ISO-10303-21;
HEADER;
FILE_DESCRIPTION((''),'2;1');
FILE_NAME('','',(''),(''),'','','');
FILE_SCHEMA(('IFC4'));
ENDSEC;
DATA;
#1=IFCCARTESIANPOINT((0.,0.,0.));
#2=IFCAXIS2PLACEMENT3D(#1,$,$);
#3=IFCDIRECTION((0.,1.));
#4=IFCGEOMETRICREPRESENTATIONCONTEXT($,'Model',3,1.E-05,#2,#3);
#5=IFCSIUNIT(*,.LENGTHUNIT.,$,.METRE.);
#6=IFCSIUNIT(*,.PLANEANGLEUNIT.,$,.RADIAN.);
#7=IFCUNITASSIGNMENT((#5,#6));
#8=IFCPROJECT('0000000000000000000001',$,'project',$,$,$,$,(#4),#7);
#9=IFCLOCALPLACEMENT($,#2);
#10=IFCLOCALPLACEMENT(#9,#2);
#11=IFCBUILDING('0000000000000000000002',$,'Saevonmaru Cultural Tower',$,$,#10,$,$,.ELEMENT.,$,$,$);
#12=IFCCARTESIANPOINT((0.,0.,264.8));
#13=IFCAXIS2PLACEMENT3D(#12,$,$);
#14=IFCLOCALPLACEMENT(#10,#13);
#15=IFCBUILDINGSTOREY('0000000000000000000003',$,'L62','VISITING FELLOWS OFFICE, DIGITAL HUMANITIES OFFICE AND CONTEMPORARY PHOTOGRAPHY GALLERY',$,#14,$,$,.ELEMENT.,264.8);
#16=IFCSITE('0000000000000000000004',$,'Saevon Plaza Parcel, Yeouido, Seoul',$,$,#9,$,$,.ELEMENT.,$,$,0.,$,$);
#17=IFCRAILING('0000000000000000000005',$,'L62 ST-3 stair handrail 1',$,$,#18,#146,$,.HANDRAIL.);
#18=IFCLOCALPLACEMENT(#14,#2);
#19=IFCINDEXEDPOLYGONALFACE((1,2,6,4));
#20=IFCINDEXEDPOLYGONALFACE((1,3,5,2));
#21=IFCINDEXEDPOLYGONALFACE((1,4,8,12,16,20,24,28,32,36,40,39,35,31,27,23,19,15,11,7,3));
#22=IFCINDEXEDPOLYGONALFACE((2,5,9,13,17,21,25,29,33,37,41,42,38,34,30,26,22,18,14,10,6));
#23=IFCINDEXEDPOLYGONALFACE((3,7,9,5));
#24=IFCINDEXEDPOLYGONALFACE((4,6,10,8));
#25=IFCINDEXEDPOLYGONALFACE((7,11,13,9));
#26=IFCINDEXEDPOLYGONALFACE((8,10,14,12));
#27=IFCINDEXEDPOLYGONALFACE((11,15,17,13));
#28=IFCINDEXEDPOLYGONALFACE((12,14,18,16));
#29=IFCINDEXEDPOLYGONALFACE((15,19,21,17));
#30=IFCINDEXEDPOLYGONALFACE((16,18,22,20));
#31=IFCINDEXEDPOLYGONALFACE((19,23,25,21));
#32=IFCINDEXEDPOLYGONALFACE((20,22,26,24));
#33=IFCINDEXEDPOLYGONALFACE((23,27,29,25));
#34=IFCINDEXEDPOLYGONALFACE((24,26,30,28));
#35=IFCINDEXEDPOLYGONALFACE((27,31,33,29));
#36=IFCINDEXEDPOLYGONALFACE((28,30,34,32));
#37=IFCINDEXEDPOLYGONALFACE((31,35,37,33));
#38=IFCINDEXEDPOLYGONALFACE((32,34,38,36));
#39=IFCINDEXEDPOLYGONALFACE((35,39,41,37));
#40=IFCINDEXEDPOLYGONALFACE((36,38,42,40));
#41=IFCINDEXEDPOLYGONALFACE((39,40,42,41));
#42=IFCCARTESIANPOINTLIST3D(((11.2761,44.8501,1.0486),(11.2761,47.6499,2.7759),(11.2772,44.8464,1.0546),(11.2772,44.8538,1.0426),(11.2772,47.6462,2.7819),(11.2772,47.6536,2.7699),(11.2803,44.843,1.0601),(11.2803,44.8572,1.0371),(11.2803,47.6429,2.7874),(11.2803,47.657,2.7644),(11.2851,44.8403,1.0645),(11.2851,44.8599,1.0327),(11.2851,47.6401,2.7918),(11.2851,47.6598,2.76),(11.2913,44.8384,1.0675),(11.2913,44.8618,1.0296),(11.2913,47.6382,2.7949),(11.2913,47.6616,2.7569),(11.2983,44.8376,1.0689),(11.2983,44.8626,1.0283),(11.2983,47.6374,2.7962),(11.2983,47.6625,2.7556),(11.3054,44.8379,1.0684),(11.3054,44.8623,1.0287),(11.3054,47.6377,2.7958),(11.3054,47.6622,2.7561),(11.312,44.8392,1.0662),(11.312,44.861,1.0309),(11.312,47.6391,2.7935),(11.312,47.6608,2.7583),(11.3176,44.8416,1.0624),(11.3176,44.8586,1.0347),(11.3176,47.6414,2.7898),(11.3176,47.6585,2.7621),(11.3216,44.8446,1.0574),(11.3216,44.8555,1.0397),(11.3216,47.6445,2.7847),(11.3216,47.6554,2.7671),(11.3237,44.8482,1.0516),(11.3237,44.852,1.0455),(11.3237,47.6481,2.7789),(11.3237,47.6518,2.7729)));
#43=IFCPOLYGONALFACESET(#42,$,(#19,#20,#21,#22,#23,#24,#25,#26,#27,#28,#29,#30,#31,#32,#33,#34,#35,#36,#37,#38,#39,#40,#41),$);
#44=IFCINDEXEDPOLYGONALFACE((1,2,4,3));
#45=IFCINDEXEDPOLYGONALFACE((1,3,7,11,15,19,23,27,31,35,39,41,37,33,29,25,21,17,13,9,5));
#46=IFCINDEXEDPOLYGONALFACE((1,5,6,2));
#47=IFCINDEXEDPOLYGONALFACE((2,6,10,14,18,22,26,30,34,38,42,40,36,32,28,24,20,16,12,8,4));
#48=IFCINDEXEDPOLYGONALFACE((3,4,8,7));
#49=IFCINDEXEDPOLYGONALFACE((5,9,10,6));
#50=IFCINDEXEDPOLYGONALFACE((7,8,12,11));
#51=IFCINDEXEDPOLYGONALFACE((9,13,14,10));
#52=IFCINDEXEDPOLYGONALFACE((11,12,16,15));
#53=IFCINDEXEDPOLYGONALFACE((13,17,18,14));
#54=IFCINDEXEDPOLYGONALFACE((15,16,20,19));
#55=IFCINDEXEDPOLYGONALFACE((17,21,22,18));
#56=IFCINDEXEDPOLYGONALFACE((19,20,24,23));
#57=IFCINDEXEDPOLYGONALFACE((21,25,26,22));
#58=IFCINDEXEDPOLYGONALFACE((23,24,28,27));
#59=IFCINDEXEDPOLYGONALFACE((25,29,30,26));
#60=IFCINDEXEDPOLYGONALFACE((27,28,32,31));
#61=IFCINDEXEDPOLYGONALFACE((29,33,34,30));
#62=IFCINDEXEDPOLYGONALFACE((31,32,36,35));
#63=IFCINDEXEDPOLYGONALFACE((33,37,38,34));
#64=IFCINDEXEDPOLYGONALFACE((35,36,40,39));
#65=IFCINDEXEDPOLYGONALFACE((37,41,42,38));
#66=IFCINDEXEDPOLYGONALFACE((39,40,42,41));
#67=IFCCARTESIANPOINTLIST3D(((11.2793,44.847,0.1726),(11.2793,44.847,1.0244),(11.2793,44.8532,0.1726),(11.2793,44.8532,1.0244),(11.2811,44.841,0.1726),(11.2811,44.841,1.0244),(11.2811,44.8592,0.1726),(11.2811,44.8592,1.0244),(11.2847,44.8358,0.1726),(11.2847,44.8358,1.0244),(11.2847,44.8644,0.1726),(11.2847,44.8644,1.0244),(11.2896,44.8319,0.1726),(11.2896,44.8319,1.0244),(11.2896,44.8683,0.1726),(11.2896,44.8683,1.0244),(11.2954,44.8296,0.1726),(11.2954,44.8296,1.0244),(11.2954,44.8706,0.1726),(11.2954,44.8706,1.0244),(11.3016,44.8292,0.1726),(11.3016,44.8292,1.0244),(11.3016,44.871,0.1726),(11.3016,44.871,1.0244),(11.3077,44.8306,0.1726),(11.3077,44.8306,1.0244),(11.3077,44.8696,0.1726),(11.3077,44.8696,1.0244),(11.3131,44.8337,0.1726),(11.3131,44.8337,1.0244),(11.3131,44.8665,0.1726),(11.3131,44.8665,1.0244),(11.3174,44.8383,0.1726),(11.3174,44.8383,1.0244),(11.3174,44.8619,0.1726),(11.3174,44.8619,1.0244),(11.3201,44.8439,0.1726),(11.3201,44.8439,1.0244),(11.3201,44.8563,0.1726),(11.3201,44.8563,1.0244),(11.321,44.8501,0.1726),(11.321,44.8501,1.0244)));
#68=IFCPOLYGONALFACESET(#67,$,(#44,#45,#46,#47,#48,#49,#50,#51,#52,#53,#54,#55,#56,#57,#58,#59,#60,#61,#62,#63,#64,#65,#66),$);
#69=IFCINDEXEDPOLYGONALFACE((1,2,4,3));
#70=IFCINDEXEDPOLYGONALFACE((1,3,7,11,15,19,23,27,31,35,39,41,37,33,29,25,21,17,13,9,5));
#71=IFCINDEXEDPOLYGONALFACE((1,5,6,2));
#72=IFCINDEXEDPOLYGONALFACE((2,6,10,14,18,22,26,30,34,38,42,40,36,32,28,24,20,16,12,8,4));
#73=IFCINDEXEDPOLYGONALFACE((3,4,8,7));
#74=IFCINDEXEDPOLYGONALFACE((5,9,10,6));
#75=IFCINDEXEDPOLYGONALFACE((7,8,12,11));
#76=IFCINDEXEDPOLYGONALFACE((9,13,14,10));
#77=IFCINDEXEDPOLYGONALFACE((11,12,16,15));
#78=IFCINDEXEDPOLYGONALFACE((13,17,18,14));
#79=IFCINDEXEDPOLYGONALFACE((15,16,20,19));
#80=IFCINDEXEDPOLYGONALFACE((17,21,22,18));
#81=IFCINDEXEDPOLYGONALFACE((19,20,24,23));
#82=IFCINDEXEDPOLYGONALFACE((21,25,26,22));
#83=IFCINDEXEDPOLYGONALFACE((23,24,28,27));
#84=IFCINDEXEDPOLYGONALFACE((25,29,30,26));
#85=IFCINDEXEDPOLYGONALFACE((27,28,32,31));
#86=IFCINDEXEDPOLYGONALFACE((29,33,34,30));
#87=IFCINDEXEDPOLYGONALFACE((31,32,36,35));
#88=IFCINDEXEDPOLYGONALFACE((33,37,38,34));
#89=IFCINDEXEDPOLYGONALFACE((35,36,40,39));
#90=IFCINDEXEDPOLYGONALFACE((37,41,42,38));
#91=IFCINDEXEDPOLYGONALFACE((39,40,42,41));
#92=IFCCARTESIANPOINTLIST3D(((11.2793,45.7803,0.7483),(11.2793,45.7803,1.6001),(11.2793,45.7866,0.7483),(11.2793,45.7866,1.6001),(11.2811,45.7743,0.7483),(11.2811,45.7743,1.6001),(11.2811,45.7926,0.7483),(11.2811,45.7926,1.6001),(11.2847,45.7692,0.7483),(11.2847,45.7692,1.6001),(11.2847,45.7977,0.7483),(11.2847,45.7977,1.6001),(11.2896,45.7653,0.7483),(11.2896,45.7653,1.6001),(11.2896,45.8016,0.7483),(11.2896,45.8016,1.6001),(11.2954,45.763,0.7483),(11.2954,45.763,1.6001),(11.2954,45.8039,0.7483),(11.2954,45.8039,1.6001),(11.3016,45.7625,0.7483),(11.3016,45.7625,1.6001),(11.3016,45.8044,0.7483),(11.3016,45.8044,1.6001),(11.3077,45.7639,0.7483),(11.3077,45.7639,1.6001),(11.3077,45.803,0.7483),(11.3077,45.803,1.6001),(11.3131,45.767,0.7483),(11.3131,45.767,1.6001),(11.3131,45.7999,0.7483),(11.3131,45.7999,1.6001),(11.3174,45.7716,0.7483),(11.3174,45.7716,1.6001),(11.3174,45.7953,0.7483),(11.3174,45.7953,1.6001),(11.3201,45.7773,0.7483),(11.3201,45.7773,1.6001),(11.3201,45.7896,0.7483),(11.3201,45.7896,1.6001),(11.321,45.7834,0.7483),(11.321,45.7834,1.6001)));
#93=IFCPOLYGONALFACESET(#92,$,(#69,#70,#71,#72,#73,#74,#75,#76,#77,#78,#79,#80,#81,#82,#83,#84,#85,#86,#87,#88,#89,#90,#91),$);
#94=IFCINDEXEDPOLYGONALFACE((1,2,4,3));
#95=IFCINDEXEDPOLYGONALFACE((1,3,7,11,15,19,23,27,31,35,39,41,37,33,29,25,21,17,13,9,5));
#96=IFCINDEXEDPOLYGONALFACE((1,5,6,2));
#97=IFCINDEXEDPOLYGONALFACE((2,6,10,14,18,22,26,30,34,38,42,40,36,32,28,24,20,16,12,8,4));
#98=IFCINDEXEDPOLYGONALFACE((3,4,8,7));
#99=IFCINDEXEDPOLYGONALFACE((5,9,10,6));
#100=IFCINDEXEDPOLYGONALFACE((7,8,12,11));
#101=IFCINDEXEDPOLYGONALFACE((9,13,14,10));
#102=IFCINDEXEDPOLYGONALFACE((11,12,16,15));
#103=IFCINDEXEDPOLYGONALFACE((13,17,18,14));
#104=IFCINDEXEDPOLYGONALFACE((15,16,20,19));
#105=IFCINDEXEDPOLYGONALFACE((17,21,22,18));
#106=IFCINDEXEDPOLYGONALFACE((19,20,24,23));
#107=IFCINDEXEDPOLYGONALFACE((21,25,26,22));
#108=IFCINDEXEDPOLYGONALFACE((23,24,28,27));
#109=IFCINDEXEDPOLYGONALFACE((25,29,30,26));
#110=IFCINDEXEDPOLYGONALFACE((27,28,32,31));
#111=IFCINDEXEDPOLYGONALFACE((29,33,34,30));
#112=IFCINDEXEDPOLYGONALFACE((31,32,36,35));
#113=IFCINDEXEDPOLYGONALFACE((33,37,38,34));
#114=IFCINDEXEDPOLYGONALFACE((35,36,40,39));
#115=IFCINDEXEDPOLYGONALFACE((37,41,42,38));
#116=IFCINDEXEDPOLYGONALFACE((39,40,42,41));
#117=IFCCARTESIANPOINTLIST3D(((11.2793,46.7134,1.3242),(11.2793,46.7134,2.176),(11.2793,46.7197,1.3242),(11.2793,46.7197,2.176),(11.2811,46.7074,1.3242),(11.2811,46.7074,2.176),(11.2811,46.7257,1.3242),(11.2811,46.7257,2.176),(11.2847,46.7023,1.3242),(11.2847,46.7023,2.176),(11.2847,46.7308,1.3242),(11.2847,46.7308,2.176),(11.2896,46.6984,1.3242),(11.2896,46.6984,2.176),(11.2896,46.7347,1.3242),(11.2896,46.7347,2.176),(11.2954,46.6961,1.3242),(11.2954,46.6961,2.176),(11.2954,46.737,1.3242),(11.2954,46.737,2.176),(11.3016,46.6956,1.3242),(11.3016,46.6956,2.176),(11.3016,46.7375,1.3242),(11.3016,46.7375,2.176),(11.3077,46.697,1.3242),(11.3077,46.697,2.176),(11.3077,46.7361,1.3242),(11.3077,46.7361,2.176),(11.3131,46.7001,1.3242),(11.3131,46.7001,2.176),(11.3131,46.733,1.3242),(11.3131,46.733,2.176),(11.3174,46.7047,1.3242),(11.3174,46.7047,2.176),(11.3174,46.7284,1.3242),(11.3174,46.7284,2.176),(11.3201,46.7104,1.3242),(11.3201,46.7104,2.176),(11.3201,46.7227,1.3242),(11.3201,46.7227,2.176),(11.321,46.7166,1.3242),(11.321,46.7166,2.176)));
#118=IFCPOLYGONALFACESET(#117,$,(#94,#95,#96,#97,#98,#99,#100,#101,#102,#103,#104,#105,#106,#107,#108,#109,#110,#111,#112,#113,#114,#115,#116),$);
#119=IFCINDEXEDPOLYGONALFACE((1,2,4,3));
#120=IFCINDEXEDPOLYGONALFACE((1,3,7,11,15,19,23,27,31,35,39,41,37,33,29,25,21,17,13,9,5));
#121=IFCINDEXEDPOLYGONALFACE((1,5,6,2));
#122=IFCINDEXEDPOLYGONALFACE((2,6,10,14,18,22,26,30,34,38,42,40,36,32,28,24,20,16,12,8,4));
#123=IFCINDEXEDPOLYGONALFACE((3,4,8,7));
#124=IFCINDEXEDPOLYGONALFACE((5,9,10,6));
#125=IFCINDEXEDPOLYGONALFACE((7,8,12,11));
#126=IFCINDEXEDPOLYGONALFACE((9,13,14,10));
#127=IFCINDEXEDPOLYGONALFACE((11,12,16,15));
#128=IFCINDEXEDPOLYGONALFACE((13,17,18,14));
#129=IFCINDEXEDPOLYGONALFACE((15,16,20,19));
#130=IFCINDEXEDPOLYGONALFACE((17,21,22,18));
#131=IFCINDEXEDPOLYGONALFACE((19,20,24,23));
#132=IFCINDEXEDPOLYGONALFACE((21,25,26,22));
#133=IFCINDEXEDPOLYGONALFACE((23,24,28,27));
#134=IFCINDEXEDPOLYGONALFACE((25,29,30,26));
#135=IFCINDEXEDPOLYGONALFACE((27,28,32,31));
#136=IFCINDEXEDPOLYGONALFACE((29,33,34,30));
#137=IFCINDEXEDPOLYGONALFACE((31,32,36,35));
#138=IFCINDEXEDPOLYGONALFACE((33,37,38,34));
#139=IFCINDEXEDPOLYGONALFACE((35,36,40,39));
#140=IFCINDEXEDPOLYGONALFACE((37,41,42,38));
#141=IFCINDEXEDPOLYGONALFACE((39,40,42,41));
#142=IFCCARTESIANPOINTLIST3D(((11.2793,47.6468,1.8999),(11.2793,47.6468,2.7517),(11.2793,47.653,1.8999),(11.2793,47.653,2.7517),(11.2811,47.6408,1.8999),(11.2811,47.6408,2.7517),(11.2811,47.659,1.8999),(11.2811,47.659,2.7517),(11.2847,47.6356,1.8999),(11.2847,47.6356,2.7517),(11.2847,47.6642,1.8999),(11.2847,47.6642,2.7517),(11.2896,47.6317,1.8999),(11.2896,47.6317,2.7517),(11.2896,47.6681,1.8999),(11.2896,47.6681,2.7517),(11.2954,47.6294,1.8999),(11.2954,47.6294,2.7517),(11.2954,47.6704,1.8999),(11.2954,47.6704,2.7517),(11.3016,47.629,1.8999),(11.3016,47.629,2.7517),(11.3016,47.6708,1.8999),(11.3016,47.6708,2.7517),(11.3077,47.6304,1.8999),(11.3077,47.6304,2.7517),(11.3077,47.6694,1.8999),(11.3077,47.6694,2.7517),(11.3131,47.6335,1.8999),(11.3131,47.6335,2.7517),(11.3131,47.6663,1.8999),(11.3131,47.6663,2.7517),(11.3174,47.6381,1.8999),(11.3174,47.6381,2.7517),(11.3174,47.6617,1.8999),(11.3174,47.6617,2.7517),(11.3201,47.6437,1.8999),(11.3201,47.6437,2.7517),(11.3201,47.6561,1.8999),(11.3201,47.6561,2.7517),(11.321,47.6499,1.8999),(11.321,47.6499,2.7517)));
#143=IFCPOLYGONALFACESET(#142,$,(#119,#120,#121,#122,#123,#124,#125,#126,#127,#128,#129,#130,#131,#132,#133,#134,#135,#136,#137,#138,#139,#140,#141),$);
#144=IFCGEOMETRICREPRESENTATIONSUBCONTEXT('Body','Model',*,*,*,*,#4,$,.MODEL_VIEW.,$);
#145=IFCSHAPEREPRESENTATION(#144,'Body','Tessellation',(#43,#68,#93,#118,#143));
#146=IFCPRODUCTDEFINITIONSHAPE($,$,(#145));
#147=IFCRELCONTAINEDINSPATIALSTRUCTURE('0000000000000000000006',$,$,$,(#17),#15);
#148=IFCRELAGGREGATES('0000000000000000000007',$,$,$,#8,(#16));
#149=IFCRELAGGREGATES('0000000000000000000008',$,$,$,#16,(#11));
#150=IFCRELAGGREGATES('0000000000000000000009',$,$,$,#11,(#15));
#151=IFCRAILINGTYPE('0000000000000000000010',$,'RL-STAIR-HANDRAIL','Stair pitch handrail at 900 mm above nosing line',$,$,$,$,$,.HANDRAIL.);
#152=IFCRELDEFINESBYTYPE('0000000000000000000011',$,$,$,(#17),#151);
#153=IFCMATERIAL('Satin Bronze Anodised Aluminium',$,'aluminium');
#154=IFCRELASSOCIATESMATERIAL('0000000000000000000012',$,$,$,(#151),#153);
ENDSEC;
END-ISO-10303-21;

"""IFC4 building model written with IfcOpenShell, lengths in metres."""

from ifc_helpers import new_model, si_unit, direction, frame, origin, origin_2d, place, context, subcontext, project, spatial, circle, extrude, material, type_object, element, save


model = new_model("IFC4")

# Units and contexts
model_context = context("Model", 3, precision=1e-05, world=origin(), true_north=direction((0.0, 1.0)))
body_context = subcontext(model_context, "Body", "Model", "MODEL_VIEW")
ifc_project = project(units=[si_unit("LENGTHUNIT", "METRE"), si_unit("PLANEANGLEUNIT", "RADIAN")], contexts=[model_context])

# Site, building, storey
site_placement = place(None, origin())
site = spatial("IfcSite", under=ifc_project, at=site_placement, Name="Saevon Plaza Parcel, Yeouido, Seoul", CompositionType="ELEMENT", RefElevation=0.0)
building_placement = place(site_placement, origin())
building = spatial("IfcBuilding", under=site, at=building_placement, Name="Saevonmaru Cultural Tower", CompositionType="ELEMENT")
storey_placement = place(building_placement, frame((0.0, 0.0, 264.8)))
storey = spatial("IfcBuildingStorey", under=building, at=storey_placement, Name="L62", Description="VISITING FELLOWS OFFICE, DIGITAL HUMANITIES OFFICE AND CONTEMPORARY PHOTOGRAPHY GALLERY", CompositionType="ELEMENT", Elevation=264.8)

# Shared definitions
ifc_material_1 = material(Name="Satin Bronze Anodised Aluminium", Category="aluminium")

# Railing
railing_type_1 = type_object("IfcRailingType", Name="RL-STAIR-HANDRAIL", Description="Stair pitch handrail at 900 mm above nosing line", PredefinedType="HANDRAIL", material=ifc_material_1)
railing_1_placement = place(storey_placement, frame((11.3, 44.8501, 0.1726)))
element("IfcRailing", 1, at=railing_1_placement, inside=storey, type_object=railing_type_1, Name="L62 ST-3 stair handrail 1", PredefinedType="HANDRAIL", context=body_context, shape_type="SweptSolid", body=[
    extrude(circle(Radius=0.0239, at=origin_2d()), frame((0.0, 0.0, 0.876), z_axis=(0.0, 0.851069, 0.525054), x_axis=(-1.0, 0.0, 0.0)), (0.0, 0.0, 1.0), 3.2898),
    extrude(circle(Radius=0.021, at=origin_2d()), origin(), (0.0, 0.0, 1.0), 0.8518),
    extrude(circle(Radius=0.021, at=origin_2d()), frame((0.0, 0.9333, 0.5757)), (0.0, 0.0, 1.0), 0.8518),
    extrude(circle(Radius=0.021, at=origin_2d()), frame((0.0, 1.8665, 1.1516)), (0.0, 0.0, 1.0), 0.8518),
    extrude(circle(Radius=0.021, at=origin_2d()), frame((0.0, 2.7998, 1.7273)), (0.0, 0.0, 1.0), 0.8518),
])

save(model, "model.ifc")
